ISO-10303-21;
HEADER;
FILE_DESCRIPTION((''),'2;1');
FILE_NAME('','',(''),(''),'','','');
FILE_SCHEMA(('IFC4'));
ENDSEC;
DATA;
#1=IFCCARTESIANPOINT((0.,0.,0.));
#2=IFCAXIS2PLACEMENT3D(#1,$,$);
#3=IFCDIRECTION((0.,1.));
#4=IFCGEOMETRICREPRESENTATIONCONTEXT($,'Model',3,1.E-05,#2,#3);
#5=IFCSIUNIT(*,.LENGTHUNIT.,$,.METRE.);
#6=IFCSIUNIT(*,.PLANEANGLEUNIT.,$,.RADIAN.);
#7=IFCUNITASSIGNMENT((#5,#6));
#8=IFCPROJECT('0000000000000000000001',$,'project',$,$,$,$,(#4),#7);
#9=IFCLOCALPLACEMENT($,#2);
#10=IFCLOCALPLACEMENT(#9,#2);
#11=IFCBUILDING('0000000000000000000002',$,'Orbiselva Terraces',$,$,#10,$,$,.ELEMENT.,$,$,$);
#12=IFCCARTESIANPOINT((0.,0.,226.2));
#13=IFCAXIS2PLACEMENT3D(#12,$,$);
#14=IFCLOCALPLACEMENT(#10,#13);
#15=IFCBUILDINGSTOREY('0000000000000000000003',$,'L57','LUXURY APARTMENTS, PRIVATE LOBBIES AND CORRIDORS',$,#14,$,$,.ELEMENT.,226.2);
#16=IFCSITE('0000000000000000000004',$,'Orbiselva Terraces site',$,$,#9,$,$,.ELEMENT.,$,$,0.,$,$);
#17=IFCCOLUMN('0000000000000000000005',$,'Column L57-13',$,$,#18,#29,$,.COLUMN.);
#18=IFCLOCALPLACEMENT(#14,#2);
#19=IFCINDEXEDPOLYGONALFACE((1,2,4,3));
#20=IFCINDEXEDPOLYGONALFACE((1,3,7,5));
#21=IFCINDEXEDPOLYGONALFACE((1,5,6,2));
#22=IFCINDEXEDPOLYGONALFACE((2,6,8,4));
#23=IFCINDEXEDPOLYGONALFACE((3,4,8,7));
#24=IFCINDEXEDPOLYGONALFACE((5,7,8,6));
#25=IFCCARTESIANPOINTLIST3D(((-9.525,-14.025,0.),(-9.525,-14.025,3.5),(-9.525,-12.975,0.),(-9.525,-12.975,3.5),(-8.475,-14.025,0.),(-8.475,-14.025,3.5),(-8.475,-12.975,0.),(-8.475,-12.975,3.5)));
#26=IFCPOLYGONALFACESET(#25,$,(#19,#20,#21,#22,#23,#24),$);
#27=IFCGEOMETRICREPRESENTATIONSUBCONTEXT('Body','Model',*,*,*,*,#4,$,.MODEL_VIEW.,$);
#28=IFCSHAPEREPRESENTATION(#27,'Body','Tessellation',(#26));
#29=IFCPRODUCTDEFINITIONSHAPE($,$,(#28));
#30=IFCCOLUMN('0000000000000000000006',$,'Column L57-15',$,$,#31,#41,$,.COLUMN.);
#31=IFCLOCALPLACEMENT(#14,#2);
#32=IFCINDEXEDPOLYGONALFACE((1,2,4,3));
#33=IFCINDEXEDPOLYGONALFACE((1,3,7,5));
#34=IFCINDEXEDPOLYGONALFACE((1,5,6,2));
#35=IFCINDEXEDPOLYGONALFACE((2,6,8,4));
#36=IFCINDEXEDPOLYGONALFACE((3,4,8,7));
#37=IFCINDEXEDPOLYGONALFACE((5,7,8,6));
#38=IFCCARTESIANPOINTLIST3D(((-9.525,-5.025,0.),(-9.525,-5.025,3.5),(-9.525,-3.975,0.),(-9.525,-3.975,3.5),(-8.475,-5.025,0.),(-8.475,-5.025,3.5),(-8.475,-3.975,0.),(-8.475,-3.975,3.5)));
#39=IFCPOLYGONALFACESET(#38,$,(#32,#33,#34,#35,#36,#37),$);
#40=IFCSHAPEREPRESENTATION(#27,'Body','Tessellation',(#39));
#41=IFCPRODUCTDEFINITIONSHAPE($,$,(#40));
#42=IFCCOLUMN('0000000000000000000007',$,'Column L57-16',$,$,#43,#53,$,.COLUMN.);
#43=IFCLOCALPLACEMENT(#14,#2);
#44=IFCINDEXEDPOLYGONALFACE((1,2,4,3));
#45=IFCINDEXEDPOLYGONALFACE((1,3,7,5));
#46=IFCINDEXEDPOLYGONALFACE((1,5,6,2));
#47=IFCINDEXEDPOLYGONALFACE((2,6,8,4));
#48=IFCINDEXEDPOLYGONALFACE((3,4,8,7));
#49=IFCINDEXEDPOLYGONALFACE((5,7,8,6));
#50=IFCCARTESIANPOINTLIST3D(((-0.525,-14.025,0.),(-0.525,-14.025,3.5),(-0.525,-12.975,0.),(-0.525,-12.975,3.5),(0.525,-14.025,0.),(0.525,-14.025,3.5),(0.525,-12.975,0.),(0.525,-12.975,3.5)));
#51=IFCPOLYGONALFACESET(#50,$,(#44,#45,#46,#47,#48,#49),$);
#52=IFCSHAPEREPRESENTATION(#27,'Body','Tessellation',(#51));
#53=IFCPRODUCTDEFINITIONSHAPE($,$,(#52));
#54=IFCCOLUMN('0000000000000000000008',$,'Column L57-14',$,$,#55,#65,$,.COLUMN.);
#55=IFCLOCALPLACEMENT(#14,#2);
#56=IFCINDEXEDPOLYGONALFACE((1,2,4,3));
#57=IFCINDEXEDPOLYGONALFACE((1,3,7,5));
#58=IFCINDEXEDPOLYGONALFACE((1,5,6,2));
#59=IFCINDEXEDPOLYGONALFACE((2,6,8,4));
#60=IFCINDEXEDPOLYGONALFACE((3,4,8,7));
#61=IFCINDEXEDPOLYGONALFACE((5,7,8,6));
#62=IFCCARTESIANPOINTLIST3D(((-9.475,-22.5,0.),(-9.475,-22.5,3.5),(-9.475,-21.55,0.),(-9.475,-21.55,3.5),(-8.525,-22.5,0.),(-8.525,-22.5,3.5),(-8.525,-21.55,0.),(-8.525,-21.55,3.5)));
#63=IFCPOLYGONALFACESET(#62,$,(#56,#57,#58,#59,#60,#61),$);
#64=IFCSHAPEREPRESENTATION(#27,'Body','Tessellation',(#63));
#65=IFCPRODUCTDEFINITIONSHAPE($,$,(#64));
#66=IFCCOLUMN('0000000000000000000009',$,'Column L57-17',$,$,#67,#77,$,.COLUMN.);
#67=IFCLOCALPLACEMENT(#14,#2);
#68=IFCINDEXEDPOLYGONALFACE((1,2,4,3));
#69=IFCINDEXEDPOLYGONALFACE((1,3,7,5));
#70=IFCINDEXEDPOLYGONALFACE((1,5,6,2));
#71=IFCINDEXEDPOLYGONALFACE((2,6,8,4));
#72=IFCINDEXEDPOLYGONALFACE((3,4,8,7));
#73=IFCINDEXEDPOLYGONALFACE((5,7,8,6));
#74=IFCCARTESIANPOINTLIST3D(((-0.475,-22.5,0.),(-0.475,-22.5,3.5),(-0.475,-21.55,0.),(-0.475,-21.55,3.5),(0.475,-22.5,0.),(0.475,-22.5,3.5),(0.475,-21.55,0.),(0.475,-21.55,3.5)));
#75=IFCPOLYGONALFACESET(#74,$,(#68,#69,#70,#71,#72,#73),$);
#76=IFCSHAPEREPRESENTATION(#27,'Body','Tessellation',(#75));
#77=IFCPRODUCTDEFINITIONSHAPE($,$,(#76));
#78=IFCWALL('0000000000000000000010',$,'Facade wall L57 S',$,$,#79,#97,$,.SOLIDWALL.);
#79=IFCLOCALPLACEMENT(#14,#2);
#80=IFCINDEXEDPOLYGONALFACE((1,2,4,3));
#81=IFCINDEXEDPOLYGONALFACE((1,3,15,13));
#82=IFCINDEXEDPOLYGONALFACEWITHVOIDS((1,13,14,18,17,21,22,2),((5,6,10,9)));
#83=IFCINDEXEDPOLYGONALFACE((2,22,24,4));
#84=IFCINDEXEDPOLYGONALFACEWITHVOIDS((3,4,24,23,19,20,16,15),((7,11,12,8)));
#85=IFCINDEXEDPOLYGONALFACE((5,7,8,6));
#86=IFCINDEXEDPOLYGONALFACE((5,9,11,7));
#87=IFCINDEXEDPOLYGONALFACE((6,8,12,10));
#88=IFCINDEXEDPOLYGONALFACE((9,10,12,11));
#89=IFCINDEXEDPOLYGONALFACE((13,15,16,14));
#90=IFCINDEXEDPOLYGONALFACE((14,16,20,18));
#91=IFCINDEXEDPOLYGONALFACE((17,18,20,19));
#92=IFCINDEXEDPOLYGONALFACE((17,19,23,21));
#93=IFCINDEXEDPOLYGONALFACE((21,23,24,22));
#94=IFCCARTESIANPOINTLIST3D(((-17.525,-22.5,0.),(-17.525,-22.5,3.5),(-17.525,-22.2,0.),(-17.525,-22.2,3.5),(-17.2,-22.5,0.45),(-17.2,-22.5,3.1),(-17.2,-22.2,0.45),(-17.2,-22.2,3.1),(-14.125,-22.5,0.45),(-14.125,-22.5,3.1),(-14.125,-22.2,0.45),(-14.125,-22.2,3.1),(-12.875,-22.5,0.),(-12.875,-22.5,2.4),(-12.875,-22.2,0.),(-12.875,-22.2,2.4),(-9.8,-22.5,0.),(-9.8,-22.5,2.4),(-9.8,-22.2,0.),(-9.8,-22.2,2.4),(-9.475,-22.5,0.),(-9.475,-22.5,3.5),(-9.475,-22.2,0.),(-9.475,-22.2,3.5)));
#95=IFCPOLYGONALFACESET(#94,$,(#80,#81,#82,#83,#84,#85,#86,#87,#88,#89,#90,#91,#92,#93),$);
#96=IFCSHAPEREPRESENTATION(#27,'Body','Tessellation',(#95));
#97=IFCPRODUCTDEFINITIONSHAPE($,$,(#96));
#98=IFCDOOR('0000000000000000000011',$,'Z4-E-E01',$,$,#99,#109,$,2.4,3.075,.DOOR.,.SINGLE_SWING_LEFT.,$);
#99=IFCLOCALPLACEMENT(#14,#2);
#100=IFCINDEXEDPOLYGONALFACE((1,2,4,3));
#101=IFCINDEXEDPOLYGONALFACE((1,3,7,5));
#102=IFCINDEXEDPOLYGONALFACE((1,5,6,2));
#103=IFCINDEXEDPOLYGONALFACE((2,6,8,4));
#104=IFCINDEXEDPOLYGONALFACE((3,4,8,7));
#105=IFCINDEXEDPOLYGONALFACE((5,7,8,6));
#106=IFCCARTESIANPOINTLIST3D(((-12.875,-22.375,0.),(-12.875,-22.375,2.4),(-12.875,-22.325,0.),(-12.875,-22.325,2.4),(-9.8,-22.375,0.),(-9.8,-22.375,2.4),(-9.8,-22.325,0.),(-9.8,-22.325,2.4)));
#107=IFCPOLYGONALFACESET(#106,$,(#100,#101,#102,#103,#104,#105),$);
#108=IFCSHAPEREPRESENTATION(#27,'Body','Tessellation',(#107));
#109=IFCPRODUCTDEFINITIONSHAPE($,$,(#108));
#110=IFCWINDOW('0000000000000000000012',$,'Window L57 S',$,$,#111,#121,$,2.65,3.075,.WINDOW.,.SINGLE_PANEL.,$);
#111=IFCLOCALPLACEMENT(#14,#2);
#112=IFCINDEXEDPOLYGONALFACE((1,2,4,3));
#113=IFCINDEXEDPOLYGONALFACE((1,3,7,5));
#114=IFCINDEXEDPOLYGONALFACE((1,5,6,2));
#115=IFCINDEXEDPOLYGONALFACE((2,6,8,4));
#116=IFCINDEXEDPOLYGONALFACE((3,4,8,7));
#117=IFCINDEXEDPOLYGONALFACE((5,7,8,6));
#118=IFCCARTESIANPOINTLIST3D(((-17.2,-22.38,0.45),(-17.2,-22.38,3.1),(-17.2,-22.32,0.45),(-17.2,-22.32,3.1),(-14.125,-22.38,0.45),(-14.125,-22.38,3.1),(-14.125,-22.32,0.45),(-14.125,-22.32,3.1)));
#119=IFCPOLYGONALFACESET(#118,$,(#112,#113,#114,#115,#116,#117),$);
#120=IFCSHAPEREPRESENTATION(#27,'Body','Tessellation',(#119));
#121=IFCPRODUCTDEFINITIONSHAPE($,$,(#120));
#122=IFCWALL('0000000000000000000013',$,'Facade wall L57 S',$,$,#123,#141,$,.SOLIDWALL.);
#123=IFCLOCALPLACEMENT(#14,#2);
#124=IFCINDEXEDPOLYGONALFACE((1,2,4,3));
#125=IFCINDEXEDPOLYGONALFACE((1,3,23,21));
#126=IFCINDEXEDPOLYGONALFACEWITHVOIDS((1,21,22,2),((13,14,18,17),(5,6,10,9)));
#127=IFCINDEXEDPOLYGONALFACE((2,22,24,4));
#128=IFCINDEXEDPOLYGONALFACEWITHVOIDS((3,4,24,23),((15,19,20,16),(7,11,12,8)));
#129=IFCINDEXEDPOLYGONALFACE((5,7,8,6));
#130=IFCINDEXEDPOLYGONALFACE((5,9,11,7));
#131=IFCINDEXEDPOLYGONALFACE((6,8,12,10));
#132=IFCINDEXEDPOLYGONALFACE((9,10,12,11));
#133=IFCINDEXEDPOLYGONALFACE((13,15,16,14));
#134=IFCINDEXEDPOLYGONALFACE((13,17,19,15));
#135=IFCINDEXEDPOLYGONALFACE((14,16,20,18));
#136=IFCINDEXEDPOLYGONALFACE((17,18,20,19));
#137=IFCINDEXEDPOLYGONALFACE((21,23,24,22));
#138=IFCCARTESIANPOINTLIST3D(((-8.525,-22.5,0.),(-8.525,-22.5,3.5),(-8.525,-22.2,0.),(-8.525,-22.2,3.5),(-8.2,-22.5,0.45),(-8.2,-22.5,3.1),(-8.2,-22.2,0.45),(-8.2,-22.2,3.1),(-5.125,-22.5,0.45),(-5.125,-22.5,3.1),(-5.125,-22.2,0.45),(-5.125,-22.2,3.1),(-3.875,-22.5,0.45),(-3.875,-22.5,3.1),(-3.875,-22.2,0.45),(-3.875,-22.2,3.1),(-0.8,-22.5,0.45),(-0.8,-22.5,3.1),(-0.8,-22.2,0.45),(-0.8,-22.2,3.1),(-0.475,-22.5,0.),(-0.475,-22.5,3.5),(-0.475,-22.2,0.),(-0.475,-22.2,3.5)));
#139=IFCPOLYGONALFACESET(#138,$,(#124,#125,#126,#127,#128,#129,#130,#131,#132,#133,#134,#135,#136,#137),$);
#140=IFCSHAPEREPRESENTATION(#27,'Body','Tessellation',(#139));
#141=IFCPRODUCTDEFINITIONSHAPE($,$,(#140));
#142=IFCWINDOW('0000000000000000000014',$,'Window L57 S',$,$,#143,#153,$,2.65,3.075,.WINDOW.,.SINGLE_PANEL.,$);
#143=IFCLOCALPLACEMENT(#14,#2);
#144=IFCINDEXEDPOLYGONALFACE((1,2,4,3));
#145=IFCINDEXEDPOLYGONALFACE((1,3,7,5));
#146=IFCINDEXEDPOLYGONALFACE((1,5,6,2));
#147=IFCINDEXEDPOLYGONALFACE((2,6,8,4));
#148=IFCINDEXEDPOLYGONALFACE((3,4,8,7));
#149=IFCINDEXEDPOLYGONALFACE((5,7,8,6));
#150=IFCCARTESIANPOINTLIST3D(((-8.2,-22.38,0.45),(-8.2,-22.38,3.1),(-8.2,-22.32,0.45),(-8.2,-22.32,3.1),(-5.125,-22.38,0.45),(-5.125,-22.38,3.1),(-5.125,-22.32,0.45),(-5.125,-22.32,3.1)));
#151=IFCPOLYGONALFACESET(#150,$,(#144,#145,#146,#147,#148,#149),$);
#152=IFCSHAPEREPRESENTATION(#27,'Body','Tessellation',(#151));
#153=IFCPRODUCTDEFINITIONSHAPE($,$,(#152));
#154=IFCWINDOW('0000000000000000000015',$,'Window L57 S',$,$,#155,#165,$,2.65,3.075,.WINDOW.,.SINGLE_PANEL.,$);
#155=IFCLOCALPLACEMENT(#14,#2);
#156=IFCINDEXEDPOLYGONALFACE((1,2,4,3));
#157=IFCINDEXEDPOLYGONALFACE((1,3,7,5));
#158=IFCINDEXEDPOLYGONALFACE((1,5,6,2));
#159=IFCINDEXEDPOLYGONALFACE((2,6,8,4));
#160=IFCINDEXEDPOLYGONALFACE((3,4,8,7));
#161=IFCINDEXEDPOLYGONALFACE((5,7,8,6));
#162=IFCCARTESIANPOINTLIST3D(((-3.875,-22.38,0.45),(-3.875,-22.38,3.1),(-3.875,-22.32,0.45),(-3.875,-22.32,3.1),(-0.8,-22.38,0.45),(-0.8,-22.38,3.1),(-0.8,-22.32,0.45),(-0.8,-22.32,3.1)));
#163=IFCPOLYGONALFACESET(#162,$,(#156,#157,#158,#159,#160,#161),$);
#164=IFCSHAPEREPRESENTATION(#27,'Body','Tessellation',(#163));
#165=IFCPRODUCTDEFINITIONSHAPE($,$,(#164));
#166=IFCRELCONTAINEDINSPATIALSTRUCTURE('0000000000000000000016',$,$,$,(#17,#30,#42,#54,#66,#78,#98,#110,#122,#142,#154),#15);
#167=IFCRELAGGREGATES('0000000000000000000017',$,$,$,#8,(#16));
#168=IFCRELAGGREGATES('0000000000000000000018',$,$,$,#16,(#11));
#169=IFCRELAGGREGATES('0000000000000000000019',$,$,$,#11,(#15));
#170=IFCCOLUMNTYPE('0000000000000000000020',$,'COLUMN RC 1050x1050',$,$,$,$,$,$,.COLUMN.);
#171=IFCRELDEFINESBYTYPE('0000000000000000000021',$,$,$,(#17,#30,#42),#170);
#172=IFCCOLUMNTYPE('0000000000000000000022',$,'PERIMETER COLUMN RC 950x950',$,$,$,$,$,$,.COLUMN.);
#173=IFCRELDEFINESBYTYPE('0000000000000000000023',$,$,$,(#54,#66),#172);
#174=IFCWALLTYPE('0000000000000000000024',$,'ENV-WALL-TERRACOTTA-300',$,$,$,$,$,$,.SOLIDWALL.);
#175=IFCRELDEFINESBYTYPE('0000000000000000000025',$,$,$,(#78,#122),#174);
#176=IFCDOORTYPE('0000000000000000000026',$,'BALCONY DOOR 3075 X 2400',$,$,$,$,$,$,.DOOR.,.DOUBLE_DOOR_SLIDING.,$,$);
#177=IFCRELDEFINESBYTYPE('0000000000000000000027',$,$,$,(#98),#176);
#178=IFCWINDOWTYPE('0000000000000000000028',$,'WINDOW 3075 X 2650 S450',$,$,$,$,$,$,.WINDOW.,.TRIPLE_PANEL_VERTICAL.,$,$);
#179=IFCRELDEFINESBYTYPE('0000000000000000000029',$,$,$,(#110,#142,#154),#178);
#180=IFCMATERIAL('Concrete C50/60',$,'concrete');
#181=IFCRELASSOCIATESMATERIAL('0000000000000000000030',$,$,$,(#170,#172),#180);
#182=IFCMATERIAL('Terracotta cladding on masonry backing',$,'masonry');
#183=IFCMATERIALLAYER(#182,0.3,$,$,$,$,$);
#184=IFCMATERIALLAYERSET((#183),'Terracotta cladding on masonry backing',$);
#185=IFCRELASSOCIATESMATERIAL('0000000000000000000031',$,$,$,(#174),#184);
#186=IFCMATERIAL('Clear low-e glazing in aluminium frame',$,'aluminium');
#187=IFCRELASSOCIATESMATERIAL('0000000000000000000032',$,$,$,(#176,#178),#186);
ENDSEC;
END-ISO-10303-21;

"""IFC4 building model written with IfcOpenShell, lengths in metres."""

from ifc_helpers import new_model, si_unit, direction, frame, frame_2d, origin, origin_2d, place, context, subcontext, project, spatial, rectangle, extrude, material, layer, layer_set, material_profile, profile_set, type_object, element, fill, save


model = new_model("IFC4")

# Units and contexts
model_context = context("Model", 3, precision=1e-05, world=origin(), true_north=direction((0.0, 1.0)))
body_context = subcontext(model_context, "Body", "Model", "MODEL_VIEW")
ifc_project = project(units=[si_unit("LENGTHUNIT", "METRE"), si_unit("PLANEANGLEUNIT", "RADIAN")], contexts=[model_context])

# Site, building, storey
site_placement = place(None, origin())
site = spatial("IfcSite", under=ifc_project, at=site_placement, Name="Orbiselva Terraces site", CompositionType="ELEMENT", RefElevation=0.0)
building_placement = place(site_placement, origin())
building = spatial("IfcBuilding", under=site, at=building_placement, Name="Orbiselva Terraces", CompositionType="ELEMENT")
storey_placement = place(building_placement, frame((0.0, 0.0, 226.2)))
storey = spatial("IfcBuildingStorey", under=building, at=storey_placement, Name="L57", Description="LUXURY APARTMENTS, PRIVATE LOBBIES AND CORRIDORS", CompositionType="ELEMENT", Elevation=226.2)

# Columns
ifc_material_1 = material(Name="Concrete C50/60", Category="concrete")
ifc_material_profile_1 = material_profile(ifc_material_1, rectangle(XDim=1.05, YDim=1.05, at=origin_2d()), Name="RC 1050x1050")
ifc_profile_set_1 = profile_set([ifc_material_profile_1], Name="Concrete C50/60")
column_type_1 = type_object("IfcColumnType", Name="COLUMN RC 1050x1050", PredefinedType="COLUMN", material=ifc_profile_set_1)
for number, where, z_axis, x_axis, name in (
    (1, (-9.0, -13.5, 0.0), (0.0, 0.0, 1.0), (1.0, 0.0, 0.0), "Column L57-13"),
    (2, (-9.0, -4.5, 0.0), (0.0, 0.0, 1.0), (1.0, 0.0, 0.0), "Column L57-15"),
    (3, (0.0, -13.5, 0.0), (0.0, 0.0, 1.0), (1.0, 0.0, 0.0), "Column L57-16"),
):
    element("IfcColumn", number, at=place(storey_placement, frame(where, z_axis=z_axis, x_axis=x_axis)), inside=storey, type_object=column_type_1, Name=name, PredefinedType="COLUMN", context=body_context, shape_type="SweptSolid", body=[
        extrude(rectangle(XDim=1.05, YDim=1.05, at=origin_2d()), origin(), (0.0, 0.0, 1.0), 3.5),
    ])
ifc_material_profile_2 = material_profile(ifc_material_1, rectangle(XDim=0.95, YDim=0.95, at=origin_2d()), Name="RC 950x950")
ifc_profile_set_2 = profile_set([ifc_material_profile_2], Name="Concrete C50/60")
column_type_2 = type_object("IfcColumnType", Name="PERIMETER COLUMN RC 950x950", PredefinedType="COLUMN", material=ifc_profile_set_2)
for number, where, z_axis, x_axis, name in (
    (4, (-9.0, -22.025, 0.0), (0.0, 0.0, 1.0), (1.0, 0.0, 0.0), "Column L57-14"),
    (5, (0.0, -22.025, 0.0), (0.0, 0.0, 1.0), (1.0, 0.0, 0.0), "Column L57-17"),
):
    element("IfcColumn", number, at=place(storey_placement, frame(where, z_axis=z_axis, x_axis=x_axis)), inside=storey, type_object=column_type_2, Name=name, PredefinedType="COLUMN", context=body_context, shape_type="SweptSolid", body=[
        extrude(rectangle(XDim=0.95, YDim=0.95, at=origin_2d()), origin(), (0.0, 0.0, 1.0), 3.5),
    ])

# Wall, openings, door, window
ifc_material_2 = material(Name="Terracotta cladding on masonry backing", Category="masonry")
ifc_layer_1 = layer(ifc_material_2, 0.3)
ifc_layer_set_1 = layer_set([ifc_layer_1], Name="Terracotta cladding on masonry backing")
wall_type_1 = type_object("IfcWallType", Name="ENV-WALL-TERRACOTTA-300", PredefinedType="SOLIDWALL", material=ifc_layer_set_1)
wall_1_placement = place(storey_placement, frame((-9.475, -22.35, 0.0), z_axis=(0.0, 0.0, 1.0), x_axis=(-1.0, 0.0, 0.0)))
wall_1 = element("IfcWall", 6, at=wall_1_placement, inside=storey, type_object=wall_type_1, Name="Facade wall L57 S", PredefinedType="SOLIDWALL", context=body_context, shape_type="SweptSolid", body=[
    extrude(rectangle(XDim=8.05, YDim=0.3, at=frame_2d((4.025, 0.0))), origin(), (0.0, 0.0, 1.0), 3.5),
])
opening_1_placement = place(wall_1_placement, frame((4.65, 0.0, 0.45)))
opening_1 = element("IfcOpeningElement", 7, at=opening_1_placement, cuts=wall_1, PredefinedType="OPENING", context=body_context, shape_type="SweptSolid", body=[
    extrude(rectangle(XDim=3.075, YDim=2.65, at=frame_2d((1.5375, 1.325))), frame((0.0, 0.16, 0.0), z_axis=(0.0, -1.0, 0.0), x_axis=(1.0, 0.0, 0.0)), (0.0, 0.0, 1.0), 0.32),
])
opening_2_placement = place(wall_1_placement, frame((0.325, 0.0, 0.0)))
opening_2 = element("IfcOpeningElement", 8, at=opening_2_placement, cuts=wall_1, PredefinedType="OPENING", context=body_context, shape_type="SweptSolid", body=[
    extrude(rectangle(XDim=3.075, YDim=2.4, at=frame_2d((1.5375, 1.2))), frame((0.0, 0.16, 0.0), z_axis=(0.0, -1.0, 0.0), x_axis=(1.0, 0.0, 0.0)), (0.0, 0.0, 1.0), 0.32),
])
ifc_material_3 = material(Name="Clear low-e glazing in aluminium frame", Category="aluminium")
door_type_1 = type_object("IfcDoorType", Name="BALCONY DOOR 3075 X 2400", OperationType="DOUBLE_DOOR_SLIDING", PredefinedType="DOOR", material=ifc_material_3)
door_1_placement = place(opening_2_placement, origin())
door_1 = element("IfcDoor", 9, at=door_1_placement, inside=storey, type_object=door_type_1, Name="Z4-E-E01", OperationType="SINGLE_SWING_LEFT", OverallHeight=2.4, OverallWidth=3.075, PredefinedType="DOOR", context=body_context, shape_type="SweptSolid", body=[
    extrude(rectangle(XDim=3.075, YDim=2.4, at=frame_2d((1.5375, 1.2))), frame((0.0, 0.025, 0.0), z_axis=(0.0, -1.0, 0.0), x_axis=(1.0, 0.0, 0.0)), (0.0, 0.0, 1.0), 0.05),
])
fill(opening_2, door_1)
window_type = type_object("IfcWindowType", Name="WINDOW 3075 X 2650 S450", PartitioningType="TRIPLE_PANEL_VERTICAL", PredefinedType="WINDOW", material=ifc_material_3)
window_1_placement = place(opening_1_placement, origin())
window_1 = element("IfcWindow", 10, at=window_1_placement, inside=storey, type_object=window_type, Name="Window L57 S", OverallHeight=2.65, OverallWidth=3.075, PartitioningType="SINGLE_PANEL", PredefinedType="WINDOW", context=body_context, shape_type="SweptSolid", body=[
    extrude(rectangle(XDim=3.075, YDim=2.65, at=frame_2d((1.5375, 1.325))), frame((0.0, 0.03, 0.0), z_axis=(0.0, -1.0, 0.0), x_axis=(1.0, 0.0, 0.0)), (0.0, 0.0, 1.0), 0.06),
])
fill(opening_1, window_1)

# Wall, openings, windows
wall_2_placement = place(storey_placement, frame((-0.475, -22.35, 0.0), z_axis=(0.0, 0.0, 1.0), x_axis=(-1.0, 0.0, 0.0)))
wall_2 = element("IfcWall", 11, at=wall_2_placement, inside=storey, type_object=wall_type_1, Name="Facade wall L57 S", PredefinedType="SOLIDWALL", context=body_context, shape_type="SweptSolid", body=[
    extrude(rectangle(XDim=8.05, YDim=0.3, at=frame_2d((4.025, 0.0))), origin(), (0.0, 0.0, 1.0), 3.5),
])
opening_3_placement = place(wall_2_placement, frame((4.65, 0.0, 0.45)))
opening_3 = element("IfcOpeningElement", 12, at=opening_3_placement, cuts=wall_2, PredefinedType="OPENING", context=body_context, shape_type="SweptSolid", body=[
    extrude(rectangle(XDim=3.075, YDim=2.65, at=frame_2d((1.5375, 1.325))), frame((0.0, 0.16, 0.0), z_axis=(0.0, -1.0, 0.0), x_axis=(1.0, 0.0, 0.0)), (0.0, 0.0, 1.0), 0.32),
])
opening_4_placement = place(wall_2_placement, frame((0.325, 0.0, 0.45)))
opening_4 = element("IfcOpeningElement", 13, at=opening_4_placement, cuts=wall_2, PredefinedType="OPENING", context=body_context, shape_type="SweptSolid", body=[
    extrude(rectangle(XDim=3.075, YDim=2.65, at=frame_2d((1.5375, 1.325))), frame((0.0, 0.16, 0.0), z_axis=(0.0, -1.0, 0.0), x_axis=(1.0, 0.0, 0.0)), (0.0, 0.0, 1.0), 0.32),
])
window_2_placement = place(opening_3_placement, origin())
window_2 = element("IfcWindow", 14, at=window_2_placement, inside=storey, type_object=window_type, Name="Window L57 S", OverallHeight=2.65, OverallWidth=3.075, PartitioningType="SINGLE_PANEL", PredefinedType="WINDOW", context=body_context, shape_type="SweptSolid", body=[
    extrude(rectangle(XDim=3.075, YDim=2.65, at=frame_2d((1.5375, 1.325))), frame((0.0, 0.03, 0.0), z_axis=(0.0, -1.0, 0.0), x_axis=(1.0, 0.0, 0.0)), (0.0, 0.0, 1.0), 0.06),
])
fill(opening_3, window_2)
window_3_placement = place(opening_4_placement, origin())
window_3 = element("IfcWindow", 15, at=window_3_placement, inside=storey, type_object=window_type, Name="Window L57 S", OverallHeight=2.65, OverallWidth=3.075, PartitioningType="SINGLE_PANEL", PredefinedType="WINDOW", context=body_context, shape_type="SweptSolid", body=[
    extrude(rectangle(XDim=3.075, YDim=2.65, at=frame_2d((1.5375, 1.325))), frame((0.0, 0.03, 0.0), z_axis=(0.0, -1.0, 0.0), x_axis=(1.0, 0.0, 0.0)), (0.0, 0.0, 1.0), 0.06),
])
fill(opening_4, window_3)

save(model, "model.ifc")
